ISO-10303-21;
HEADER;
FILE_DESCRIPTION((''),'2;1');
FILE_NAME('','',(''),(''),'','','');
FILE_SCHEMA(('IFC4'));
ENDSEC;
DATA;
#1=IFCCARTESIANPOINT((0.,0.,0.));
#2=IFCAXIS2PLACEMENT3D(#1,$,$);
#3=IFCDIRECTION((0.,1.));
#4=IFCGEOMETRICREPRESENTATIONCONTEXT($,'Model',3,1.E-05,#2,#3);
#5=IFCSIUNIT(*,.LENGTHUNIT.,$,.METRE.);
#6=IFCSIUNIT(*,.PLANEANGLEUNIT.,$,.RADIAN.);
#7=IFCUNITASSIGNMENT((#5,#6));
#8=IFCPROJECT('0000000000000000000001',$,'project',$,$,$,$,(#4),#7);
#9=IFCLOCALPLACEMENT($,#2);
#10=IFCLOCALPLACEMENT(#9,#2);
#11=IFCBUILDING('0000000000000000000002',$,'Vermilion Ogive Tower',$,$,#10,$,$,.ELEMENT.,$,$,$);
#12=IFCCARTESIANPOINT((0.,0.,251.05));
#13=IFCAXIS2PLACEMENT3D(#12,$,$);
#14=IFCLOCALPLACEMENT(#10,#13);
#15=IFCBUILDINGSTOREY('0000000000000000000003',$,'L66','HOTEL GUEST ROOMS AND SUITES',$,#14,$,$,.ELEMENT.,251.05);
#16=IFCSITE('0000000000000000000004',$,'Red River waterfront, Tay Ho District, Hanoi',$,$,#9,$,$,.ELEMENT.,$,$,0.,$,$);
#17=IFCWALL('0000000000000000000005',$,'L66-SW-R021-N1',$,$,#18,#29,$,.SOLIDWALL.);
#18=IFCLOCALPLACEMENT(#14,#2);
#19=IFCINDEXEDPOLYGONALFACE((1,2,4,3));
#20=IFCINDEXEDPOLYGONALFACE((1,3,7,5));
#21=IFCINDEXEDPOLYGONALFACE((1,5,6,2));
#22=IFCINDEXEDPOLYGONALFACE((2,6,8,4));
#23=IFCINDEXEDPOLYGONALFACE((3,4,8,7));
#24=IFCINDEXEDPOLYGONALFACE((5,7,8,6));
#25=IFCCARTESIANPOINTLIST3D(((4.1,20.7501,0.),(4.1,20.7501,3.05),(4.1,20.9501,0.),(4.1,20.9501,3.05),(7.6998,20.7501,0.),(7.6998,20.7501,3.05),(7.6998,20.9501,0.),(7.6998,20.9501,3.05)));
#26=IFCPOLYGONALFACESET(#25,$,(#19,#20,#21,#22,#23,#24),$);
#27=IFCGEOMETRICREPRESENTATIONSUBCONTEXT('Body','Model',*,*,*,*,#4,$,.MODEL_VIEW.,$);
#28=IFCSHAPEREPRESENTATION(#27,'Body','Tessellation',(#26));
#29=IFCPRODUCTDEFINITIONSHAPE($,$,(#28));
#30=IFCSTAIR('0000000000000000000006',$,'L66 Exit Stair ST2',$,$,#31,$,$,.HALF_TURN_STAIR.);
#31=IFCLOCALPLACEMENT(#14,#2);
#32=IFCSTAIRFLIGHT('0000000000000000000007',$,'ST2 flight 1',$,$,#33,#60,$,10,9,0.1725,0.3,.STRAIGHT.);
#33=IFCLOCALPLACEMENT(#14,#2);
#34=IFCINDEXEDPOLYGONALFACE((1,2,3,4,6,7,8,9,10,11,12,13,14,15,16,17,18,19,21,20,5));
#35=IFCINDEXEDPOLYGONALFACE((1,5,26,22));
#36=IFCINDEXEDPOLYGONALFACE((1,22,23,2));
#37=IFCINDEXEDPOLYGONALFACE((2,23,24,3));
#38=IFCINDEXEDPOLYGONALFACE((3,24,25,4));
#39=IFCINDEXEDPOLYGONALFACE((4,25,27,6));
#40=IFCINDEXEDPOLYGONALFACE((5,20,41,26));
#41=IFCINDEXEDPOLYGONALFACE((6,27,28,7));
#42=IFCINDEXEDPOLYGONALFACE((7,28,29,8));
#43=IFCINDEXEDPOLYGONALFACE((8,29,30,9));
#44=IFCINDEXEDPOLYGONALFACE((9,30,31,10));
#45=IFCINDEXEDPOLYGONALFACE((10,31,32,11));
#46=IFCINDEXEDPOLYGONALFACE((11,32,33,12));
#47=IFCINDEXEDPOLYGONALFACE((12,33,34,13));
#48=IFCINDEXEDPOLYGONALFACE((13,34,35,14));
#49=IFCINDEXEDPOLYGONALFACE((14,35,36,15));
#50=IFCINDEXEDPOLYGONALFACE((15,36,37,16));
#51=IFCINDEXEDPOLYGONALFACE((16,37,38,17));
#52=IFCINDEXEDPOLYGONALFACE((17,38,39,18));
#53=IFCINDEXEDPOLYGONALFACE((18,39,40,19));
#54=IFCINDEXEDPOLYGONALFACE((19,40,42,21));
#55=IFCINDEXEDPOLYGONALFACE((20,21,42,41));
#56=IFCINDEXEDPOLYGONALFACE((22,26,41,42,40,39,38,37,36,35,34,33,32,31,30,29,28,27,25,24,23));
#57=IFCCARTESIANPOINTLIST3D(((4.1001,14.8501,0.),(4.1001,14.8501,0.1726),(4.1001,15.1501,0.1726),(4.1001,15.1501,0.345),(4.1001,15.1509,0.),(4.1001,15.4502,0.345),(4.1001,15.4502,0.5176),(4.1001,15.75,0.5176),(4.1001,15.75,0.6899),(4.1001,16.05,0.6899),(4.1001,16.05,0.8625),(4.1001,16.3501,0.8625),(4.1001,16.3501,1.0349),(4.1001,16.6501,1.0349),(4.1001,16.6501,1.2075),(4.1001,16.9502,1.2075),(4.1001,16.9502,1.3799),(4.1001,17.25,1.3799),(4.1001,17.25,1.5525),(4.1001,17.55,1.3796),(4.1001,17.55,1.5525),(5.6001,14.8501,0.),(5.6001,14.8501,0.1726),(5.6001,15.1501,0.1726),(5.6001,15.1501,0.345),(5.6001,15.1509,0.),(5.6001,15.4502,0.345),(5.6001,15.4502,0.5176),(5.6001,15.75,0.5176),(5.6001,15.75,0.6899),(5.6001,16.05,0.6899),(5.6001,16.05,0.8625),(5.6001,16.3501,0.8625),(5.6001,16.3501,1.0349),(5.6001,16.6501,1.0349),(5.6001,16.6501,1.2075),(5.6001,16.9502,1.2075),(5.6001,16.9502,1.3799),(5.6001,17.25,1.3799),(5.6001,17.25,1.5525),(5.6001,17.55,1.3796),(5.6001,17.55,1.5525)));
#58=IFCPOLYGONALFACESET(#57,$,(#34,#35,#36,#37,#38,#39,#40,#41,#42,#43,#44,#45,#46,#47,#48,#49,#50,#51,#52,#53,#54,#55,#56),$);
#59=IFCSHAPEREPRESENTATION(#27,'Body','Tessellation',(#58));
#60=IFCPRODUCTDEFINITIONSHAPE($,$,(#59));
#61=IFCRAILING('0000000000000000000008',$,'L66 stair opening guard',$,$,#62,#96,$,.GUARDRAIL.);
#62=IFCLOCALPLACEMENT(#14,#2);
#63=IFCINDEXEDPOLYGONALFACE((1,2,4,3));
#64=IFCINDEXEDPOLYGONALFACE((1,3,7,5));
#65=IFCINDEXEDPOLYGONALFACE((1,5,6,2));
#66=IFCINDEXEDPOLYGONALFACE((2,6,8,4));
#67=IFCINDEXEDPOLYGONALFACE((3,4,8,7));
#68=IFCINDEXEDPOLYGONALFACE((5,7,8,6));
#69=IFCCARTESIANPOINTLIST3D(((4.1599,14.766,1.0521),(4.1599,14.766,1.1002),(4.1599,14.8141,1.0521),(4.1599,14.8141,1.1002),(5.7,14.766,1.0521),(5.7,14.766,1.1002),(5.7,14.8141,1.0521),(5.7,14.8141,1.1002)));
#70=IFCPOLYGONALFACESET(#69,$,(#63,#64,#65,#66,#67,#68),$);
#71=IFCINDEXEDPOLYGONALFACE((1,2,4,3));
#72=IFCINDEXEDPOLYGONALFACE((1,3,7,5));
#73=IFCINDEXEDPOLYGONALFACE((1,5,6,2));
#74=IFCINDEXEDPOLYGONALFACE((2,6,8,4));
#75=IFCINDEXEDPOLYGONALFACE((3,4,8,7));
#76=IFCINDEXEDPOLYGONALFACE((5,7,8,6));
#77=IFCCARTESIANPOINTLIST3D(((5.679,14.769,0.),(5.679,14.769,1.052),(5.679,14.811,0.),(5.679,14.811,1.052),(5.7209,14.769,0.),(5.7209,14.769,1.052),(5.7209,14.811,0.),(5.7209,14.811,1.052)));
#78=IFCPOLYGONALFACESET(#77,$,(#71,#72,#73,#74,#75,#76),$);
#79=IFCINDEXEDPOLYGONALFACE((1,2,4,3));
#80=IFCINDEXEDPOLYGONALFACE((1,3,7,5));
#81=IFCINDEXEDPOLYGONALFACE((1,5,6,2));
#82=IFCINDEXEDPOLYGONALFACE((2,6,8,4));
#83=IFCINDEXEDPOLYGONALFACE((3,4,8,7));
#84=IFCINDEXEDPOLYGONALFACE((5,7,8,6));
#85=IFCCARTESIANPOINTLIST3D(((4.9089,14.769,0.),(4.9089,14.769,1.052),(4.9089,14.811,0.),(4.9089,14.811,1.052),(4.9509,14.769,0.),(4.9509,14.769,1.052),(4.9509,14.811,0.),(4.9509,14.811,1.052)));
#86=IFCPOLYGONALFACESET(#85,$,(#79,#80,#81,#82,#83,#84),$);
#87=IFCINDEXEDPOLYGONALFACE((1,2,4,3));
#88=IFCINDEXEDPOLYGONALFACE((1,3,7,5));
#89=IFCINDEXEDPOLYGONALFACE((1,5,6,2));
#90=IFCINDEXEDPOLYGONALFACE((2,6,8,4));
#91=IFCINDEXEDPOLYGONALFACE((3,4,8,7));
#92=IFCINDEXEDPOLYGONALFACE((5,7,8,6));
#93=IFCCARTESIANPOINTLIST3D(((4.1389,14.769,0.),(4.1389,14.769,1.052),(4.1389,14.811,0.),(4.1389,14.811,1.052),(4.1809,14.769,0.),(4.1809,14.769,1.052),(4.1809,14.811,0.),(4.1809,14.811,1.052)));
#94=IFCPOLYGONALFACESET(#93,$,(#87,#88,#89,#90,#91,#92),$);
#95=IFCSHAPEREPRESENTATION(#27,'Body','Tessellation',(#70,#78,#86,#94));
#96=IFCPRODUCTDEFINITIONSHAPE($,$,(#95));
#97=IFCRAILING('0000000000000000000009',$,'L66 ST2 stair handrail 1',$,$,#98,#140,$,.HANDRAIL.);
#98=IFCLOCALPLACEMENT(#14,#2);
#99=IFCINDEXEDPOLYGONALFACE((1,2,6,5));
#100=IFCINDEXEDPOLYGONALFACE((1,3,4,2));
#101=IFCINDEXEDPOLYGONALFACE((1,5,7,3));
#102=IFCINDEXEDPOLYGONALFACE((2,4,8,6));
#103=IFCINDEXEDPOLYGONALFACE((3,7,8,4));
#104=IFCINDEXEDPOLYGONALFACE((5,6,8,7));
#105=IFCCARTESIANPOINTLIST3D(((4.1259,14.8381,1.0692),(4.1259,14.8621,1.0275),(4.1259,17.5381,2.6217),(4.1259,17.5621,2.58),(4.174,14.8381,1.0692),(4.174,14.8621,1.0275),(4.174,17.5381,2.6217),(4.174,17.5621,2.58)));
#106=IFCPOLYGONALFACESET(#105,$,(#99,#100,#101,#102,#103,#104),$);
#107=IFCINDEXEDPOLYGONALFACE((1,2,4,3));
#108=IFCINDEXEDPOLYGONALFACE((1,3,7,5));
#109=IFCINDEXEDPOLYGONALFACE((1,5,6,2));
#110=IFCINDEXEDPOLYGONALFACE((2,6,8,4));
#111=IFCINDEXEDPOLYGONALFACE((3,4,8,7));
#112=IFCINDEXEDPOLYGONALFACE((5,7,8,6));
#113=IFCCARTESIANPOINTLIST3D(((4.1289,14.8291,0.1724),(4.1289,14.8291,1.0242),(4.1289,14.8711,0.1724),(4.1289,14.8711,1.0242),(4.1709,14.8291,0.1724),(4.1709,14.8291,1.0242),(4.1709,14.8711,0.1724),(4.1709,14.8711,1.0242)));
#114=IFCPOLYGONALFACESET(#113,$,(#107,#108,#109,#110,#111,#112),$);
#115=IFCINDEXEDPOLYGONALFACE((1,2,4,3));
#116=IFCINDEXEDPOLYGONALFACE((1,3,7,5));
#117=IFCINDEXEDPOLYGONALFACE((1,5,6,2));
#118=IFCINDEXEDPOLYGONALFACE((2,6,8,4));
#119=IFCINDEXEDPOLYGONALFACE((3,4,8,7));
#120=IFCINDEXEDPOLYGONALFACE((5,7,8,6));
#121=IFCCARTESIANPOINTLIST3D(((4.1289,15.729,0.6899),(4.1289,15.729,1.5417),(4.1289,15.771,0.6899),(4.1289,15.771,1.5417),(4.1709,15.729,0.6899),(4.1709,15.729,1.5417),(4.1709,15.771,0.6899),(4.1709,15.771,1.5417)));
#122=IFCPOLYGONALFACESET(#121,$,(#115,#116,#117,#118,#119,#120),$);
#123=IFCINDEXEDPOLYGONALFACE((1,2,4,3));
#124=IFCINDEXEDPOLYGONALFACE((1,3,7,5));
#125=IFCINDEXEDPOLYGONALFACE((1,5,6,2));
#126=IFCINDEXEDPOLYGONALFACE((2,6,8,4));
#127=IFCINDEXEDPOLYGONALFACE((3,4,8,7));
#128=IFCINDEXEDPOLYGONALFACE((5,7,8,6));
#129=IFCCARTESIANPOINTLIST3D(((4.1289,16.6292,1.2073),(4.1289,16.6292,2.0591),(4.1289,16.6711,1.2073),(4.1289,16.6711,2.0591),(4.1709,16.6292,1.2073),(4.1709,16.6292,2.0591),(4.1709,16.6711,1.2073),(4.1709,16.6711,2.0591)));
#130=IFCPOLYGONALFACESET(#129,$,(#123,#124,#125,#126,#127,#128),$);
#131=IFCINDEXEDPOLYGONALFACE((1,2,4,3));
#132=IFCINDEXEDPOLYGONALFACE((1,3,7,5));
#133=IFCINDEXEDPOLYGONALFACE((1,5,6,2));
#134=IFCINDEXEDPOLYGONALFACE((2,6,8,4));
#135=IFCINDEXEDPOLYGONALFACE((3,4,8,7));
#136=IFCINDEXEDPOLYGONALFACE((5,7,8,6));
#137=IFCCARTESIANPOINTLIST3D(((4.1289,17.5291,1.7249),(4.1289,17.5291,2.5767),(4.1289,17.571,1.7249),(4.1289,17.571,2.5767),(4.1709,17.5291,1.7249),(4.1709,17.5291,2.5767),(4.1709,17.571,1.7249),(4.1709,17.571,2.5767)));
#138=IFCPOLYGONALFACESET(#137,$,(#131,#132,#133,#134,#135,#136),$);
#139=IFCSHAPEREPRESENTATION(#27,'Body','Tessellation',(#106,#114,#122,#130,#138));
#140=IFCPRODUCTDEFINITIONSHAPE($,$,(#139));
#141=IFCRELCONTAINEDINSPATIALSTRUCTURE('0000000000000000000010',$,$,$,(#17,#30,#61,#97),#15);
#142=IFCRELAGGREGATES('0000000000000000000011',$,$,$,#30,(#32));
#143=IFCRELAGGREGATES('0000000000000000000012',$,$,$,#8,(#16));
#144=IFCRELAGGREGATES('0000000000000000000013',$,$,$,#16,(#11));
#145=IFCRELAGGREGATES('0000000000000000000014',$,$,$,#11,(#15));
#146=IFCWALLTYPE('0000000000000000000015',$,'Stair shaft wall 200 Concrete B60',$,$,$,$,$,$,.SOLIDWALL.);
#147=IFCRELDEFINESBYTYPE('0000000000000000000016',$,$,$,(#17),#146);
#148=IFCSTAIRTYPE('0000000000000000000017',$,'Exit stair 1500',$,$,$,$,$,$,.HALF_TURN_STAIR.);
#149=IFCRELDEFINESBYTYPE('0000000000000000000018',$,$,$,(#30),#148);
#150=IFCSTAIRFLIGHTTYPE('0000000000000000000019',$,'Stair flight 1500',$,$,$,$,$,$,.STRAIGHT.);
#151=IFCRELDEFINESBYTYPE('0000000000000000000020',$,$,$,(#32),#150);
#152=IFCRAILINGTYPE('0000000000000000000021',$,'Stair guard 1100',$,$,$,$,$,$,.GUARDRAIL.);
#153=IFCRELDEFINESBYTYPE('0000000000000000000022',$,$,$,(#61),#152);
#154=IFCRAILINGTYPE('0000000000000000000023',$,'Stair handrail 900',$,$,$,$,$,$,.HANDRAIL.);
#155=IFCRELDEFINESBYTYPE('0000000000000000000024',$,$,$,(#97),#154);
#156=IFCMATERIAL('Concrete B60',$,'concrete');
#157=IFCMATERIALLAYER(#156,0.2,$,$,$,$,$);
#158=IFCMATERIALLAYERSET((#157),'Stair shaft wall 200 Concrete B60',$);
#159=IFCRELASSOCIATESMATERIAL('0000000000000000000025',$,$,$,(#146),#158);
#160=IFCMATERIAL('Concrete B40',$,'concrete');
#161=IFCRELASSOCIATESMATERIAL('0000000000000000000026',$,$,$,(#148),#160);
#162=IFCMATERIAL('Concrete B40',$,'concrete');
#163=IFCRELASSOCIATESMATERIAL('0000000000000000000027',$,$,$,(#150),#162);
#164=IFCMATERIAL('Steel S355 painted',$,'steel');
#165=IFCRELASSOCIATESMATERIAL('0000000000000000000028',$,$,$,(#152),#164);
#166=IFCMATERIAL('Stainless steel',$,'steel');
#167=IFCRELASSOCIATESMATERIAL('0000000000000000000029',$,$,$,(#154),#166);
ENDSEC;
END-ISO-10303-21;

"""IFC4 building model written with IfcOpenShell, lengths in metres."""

from ifc_helpers import new_model, si_unit, direction, frame, frame_2d, origin, origin_2d, place, context, subcontext, project, spatial, polyline, rectangle, outline, extrude, material, layer, layer_set, type_object, element, aggregate, save


model = new_model("IFC4")

# Units and contexts
model_context = context("Model", 3, precision=1e-05, world=origin(), true_north=direction((0.0, 1.0)))
body_context = subcontext(model_context, "Body", "Model", "MODEL_VIEW")
ifc_project = project(units=[si_unit("LENGTHUNIT", "METRE"), si_unit("PLANEANGLEUNIT", "RADIAN")], contexts=[model_context])

# Site, building, storey
site_placement = place(None, origin())
site = spatial("IfcSite", under=ifc_project, at=site_placement, Name="Red River waterfront, Tay Ho District, Hanoi", CompositionType="ELEMENT", RefElevation=0.0)
building_placement = place(site_placement, origin())
building = spatial("IfcBuilding", under=site, at=building_placement, Name="Vermilion Ogive Tower", CompositionType="ELEMENT")
storey_placement = place(building_placement, frame((0.0, 0.0, 251.05)))
storey = spatial("IfcBuildingStorey", under=building, at=storey_placement, Name="L66", Description="HOTEL GUEST ROOMS AND SUITES", CompositionType="ELEMENT", Elevation=251.05)

# Shared definitions
ifc_material_1 = material(Name="Concrete B60", Category="concrete")
ifc_layer_1 = layer(ifc_material_1, 0.2)
ifc_layer_set_1 = layer_set([ifc_layer_1], Name="Stair shaft wall 200 Concrete B60")
wall_type_1 = type_object("IfcWallType", Name="Stair shaft wall 200 Concrete B60", PredefinedType="SOLIDWALL", material=ifc_layer_set_1)

# Wall
wall_1_placement = place(storey_placement, frame((4.1001, 20.8501, 0.0), z_axis=(0.0, 0.0, 1.0), x_axis=(1.0, 0.0, 0.0)))
element("IfcWall", 1, at=wall_1_placement, inside=storey, type_object=wall_type_1, Name="L66-SW-R021-N1", PredefinedType="SOLIDWALL", context=body_context, shape_type="SweptSolid", body=[
    extrude(rectangle(XDim=3.5999, YDim=0.2, at=frame_2d((1.7998, 0.0))), origin(), (0.0, 0.0, 1.0), 3.05),
])

# Stair, stair flight
ifc_material_2 = material(Name="Concrete B40", Category="concrete")
stair_type = type_object("IfcStairType", Name="Exit stair 1500", PredefinedType="HALF_TURN_STAIR", material=ifc_material_2)
stair_placement = place(storey_placement, origin())
stair = element("IfcStair", 2, at=stair_placement, inside=storey, type_object=stair_type, Name="L66 Exit Stair ST2", PredefinedType="HALF_TURN_STAIR")
ifc_material_3 = material(Name="Concrete B40", Category="concrete")
stair_flight_type = type_object("IfcStairFlightType", Name="Stair flight 1500", PredefinedType="STRAIGHT", material=ifc_material_3)
stair_flight_placement = place(storey_placement, frame((4.8501, 14.8501, 0.0), z_axis=(0.0, 0.0, 1.0), x_axis=(0.0, 1.0, 0.0)))
stair_flight = element("IfcStairFlight", 3, at=stair_flight_placement, type_object=stair_flight_type, Name="ST2 flight 1", NumberOfRisers=10, NumberOfTreads=9, PredefinedType="STRAIGHT", RiserHeight=0.1725, TreadLength=0.3, context=body_context, shape_type="SweptSolid", body=[
    extrude(outline(polyline([(0.0, 0.0), (0.0, 0.1726), (0.3, 0.1726), (0.3, 0.345), (0.6001, 0.345), (0.6001, 0.5176), (0.8999, 0.5176), (0.8999, 0.6899), (1.2, 0.6899), (1.2, 0.8625), (1.5, 0.8625), (1.5, 1.0349), (1.8, 1.0349), (1.8, 1.2075), (2.1001, 1.2075), (2.1001, 1.3799), (2.3999, 1.3799), (2.3999, 1.5525), (2.7, 1.5525), (2.7, 1.7251), (2.7, 1.3796), (0.3008, 0.0), (0.0, 0.0)])), frame((0.0, 0.75, 0.0), z_axis=(0.0, -1.0, 0.0), x_axis=(1.0, 0.0, 0.0)), (0.0, 0.0, 1.0), 1.5),
])
aggregate(stair, [stair_flight])

# Railings
ifc_material_4 = material(Name="Steel S355 painted", Category="steel")
railing_type_1 = type_object("IfcRailingType", Name="Stair guard 1100", PredefinedType="GUARDRAIL", material=ifc_material_4)
railing_1_placement = place(storey_placement, frame((5.7, 14.79, 0.0)))
element("IfcRailing", 4, at=railing_1_placement, inside=storey, type_object=railing_type_1, Name="L66 stair opening guard", PredefinedType="GUARDRAIL", context=body_context, shape_type="SweptSolid", body=[
    extrude(rectangle(XDim=0.0481, YDim=0.0481, at=origin_2d()), frame((0.0, 0.0, 1.0762), z_axis=(-1.0, 0.0, 0.0), x_axis=(0.0, -1.0, 0.0)), (0.0, 0.0, 1.0), 1.54),
    extrude(rectangle(XDim=0.042, YDim=0.042, at=origin_2d()), origin(), (0.0, 0.0, 1.0), 1.052),
    extrude(rectangle(XDim=0.042, YDim=0.042, at=origin_2d()), frame((-0.77, 0.0, 0.0)), (0.0, 0.0, 1.0), 1.052),
    extrude(rectangle(XDim=0.042, YDim=0.042, at=origin_2d()), frame((-1.54, 0.0, 0.0)), (0.0, 0.0, 1.0), 1.052),
])
ifc_material_5 = material(Name="Stainless steel", Category="steel")
railing_type_2 = type_object("IfcRailingType", Name="Stair handrail 900", PredefinedType="HANDRAIL", material=ifc_material_5)
railing_2_placement = place(storey_placement, frame((4.1499, 14.8501, 0.1724)))
element("IfcRailing", 5, at=railing_2_placement, inside=storey, type_object=railing_type_2, Name="L66 ST2 stair handrail 1", PredefinedType="HANDRAIL", context=body_context, shape_type="SweptSolid", body=[
    extrude(rectangle(XDim=0.0481, YDim=0.0481, at=origin_2d()), frame((0.0, 0.0, 0.876), z_axis=(0.0, 0.866904, 0.498476), x_axis=(-1.0, 0.0, 0.0)), (0.0, 0.0, 1.0), 3.1145),
    extrude(rectangle(XDim=0.042, YDim=0.042, at=origin_2d()), origin(), (0.0, 0.0, 1.0), 0.8518),
    extrude(rectangle(XDim=0.042, YDim=0.042, at=origin_2d()), frame((0.0, 0.8999, 0.5176)), (0.0, 0.0, 1.0), 0.8518),
    extrude(rectangle(XDim=0.042, YDim=0.042, at=origin_2d()), frame((0.0, 1.8, 1.0349)), (0.0, 0.0, 1.0), 0.8518),
    extrude(rectangle(XDim=0.042, YDim=0.042, at=origin_2d()), frame((0.0, 2.7, 1.5525)), (0.0, 0.0, 1.0), 0.8518),
])

save(model, "model.ifc")
